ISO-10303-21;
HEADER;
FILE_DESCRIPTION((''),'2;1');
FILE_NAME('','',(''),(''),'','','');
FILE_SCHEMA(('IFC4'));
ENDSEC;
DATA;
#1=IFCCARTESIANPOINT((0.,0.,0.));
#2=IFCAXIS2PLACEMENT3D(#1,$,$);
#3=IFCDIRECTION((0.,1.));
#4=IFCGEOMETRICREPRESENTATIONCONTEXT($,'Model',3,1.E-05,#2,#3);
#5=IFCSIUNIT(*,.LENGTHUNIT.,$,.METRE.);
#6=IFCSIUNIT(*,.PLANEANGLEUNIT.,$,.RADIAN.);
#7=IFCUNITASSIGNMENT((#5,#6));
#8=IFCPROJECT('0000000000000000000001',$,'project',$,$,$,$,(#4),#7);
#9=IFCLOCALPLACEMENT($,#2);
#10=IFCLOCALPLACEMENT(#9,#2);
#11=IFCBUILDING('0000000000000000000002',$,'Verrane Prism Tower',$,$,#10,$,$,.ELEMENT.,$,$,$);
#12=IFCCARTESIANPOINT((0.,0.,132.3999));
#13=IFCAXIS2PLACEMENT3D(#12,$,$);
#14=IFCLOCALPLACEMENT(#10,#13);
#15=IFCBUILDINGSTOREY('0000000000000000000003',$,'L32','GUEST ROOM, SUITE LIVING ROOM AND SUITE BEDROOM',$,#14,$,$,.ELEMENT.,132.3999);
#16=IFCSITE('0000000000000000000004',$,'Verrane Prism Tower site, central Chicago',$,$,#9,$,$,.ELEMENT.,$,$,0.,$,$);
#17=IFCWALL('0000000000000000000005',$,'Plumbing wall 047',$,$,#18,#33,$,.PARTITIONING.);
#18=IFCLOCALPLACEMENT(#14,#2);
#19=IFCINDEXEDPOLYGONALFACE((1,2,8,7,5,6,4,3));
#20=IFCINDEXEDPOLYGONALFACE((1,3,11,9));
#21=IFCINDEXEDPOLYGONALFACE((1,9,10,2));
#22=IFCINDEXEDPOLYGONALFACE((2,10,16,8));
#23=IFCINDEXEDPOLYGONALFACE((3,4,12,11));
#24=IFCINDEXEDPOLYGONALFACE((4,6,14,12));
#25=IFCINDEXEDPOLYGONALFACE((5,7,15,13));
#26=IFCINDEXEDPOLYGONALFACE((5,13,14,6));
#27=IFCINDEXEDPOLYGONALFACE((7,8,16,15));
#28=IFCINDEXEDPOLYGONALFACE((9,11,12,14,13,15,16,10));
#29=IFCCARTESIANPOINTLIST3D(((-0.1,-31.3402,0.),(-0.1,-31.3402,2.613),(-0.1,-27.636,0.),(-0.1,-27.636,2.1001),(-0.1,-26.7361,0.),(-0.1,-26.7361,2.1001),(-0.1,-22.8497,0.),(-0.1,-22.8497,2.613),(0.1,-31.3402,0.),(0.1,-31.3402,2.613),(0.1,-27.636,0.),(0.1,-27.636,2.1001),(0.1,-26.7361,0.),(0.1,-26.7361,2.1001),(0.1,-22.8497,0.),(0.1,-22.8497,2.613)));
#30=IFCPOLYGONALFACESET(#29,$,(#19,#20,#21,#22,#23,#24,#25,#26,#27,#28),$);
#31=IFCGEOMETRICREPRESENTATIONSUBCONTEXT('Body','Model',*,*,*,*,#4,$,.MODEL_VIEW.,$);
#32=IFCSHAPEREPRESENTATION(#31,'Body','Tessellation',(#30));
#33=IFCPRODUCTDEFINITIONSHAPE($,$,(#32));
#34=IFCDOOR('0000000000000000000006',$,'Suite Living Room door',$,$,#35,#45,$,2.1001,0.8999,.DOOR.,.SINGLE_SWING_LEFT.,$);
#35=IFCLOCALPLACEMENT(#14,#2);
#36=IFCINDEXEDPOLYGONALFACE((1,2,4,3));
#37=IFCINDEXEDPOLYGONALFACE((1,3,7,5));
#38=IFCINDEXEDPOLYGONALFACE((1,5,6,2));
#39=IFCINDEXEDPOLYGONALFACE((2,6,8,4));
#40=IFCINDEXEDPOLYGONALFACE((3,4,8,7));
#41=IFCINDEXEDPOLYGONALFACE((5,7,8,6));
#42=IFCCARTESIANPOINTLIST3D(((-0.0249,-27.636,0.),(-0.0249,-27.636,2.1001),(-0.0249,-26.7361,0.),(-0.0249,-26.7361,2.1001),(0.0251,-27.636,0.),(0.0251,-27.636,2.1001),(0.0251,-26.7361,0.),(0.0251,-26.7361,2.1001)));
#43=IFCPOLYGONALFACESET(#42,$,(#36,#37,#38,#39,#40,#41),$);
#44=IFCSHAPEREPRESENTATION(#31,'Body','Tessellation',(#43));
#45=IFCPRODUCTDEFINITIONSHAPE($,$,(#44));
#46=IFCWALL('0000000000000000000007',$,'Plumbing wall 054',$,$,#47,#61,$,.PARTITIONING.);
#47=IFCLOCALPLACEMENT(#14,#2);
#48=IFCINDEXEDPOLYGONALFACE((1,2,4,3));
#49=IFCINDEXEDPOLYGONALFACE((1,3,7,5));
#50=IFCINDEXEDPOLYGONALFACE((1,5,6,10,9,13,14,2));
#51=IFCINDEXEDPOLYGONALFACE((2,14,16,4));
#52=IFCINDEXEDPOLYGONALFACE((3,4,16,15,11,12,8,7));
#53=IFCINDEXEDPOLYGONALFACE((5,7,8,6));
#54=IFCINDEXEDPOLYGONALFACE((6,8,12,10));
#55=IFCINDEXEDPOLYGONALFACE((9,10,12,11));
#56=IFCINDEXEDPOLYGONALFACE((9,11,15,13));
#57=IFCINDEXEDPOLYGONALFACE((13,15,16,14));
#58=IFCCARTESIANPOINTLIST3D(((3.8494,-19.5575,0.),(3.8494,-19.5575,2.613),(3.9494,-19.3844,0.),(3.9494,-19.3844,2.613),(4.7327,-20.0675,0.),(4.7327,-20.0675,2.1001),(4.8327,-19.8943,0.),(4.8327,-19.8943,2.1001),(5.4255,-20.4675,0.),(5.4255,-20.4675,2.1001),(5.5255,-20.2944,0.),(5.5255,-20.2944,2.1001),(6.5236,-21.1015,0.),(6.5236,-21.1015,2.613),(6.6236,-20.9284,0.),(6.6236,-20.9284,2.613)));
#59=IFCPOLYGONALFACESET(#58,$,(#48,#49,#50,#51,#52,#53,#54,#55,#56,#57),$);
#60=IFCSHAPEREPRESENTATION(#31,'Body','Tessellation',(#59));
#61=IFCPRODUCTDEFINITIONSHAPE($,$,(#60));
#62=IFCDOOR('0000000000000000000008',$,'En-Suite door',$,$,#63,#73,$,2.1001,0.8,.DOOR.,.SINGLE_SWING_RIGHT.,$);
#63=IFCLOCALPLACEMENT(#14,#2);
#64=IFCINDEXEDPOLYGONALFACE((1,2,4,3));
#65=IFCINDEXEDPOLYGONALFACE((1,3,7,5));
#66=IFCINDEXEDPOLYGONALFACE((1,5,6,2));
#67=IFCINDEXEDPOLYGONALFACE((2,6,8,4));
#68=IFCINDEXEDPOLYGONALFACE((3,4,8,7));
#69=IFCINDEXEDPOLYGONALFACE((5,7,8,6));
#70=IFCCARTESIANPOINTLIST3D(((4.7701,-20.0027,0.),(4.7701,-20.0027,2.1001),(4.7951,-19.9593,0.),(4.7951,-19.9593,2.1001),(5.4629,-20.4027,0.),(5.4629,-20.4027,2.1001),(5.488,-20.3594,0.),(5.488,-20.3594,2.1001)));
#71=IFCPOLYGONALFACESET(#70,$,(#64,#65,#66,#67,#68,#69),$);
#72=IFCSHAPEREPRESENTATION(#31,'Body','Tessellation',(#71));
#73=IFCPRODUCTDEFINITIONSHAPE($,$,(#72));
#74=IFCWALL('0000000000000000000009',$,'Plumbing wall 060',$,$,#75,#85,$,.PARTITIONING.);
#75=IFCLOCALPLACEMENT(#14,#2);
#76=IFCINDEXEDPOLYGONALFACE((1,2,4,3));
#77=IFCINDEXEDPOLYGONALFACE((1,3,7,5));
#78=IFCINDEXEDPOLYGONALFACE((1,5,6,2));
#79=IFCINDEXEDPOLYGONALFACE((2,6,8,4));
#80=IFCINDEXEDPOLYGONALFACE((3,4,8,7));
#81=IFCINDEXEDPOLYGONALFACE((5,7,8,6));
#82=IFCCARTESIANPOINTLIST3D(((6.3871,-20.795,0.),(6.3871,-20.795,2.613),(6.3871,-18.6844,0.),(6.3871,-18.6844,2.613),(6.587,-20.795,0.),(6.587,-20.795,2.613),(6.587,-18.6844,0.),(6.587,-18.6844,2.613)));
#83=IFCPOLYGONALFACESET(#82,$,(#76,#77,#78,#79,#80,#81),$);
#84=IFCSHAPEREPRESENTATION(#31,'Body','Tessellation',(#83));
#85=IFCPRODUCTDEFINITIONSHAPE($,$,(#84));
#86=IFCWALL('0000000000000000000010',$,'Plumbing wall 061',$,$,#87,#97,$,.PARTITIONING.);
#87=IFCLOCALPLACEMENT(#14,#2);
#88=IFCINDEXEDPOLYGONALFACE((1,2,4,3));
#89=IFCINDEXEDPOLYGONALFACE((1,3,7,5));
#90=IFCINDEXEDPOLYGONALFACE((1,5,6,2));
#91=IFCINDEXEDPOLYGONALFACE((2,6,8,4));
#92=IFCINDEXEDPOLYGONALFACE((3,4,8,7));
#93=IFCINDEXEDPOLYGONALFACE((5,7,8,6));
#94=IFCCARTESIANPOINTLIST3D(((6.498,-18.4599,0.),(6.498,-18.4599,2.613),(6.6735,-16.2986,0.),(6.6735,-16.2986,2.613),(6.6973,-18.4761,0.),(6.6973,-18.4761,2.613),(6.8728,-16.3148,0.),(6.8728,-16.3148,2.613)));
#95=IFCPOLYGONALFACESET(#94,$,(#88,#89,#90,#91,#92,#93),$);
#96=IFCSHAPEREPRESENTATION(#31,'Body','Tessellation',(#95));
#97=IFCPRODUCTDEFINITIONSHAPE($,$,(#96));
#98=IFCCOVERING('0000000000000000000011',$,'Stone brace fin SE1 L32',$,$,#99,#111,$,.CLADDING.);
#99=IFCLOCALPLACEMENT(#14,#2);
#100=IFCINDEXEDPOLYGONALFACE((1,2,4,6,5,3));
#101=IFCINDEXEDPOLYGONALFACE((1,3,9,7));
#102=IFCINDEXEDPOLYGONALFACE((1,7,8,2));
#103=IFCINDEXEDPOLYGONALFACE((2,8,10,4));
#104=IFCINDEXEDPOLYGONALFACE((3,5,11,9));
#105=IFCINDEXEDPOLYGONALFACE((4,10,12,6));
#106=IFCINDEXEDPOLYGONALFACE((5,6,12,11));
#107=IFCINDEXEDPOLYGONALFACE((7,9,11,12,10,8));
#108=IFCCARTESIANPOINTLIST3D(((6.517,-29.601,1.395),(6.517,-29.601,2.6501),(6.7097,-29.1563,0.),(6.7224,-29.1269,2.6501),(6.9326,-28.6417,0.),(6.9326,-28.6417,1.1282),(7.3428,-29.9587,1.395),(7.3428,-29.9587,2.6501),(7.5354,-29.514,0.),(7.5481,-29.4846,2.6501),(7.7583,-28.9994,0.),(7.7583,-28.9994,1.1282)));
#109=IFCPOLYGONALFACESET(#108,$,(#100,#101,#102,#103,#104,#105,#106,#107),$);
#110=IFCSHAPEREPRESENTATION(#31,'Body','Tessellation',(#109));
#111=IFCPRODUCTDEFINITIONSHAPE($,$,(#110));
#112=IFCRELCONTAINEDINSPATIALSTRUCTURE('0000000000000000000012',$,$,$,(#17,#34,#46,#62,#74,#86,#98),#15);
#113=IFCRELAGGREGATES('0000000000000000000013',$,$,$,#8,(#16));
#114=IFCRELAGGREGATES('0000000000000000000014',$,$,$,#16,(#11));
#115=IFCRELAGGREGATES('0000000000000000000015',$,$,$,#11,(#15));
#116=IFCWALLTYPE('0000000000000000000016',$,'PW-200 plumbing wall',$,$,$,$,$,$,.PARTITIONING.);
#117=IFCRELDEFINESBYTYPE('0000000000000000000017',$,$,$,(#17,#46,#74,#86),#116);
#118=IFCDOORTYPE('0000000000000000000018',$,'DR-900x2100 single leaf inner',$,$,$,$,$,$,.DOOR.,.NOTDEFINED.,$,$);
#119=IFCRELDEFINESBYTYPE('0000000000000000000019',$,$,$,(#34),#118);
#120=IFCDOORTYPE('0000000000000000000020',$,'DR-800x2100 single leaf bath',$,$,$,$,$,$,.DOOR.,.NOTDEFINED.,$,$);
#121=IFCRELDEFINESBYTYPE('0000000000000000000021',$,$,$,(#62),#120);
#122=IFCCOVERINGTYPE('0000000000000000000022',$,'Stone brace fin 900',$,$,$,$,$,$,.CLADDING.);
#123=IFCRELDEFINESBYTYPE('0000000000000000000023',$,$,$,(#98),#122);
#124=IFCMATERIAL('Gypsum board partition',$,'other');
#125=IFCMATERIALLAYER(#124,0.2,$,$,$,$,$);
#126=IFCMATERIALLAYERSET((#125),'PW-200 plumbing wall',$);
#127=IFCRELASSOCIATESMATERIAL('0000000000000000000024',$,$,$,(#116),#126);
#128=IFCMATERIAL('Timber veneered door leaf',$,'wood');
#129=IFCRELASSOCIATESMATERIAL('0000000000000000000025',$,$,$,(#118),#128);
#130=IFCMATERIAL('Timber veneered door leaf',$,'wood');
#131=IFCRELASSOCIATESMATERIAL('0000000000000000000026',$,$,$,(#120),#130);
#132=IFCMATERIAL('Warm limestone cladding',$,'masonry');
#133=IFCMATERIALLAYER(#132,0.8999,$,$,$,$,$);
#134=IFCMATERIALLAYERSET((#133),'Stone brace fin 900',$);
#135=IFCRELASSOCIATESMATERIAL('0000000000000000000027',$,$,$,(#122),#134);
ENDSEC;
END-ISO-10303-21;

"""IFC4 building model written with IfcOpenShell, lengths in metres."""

from ifc_helpers import new_model, si_unit, direction, frame, frame_2d, origin, place, context, subcontext, project, spatial, polyline, rectangle, outline, extrude, material, layer, layer_set, type_object, element, fill, save


model = new_model("IFC4")

# Units and contexts
model_context = context("Model", 3, precision=1e-05, world=origin(), true_north=direction((0.0, 1.0)))
body_context = subcontext(model_context, "Body", "Model", "MODEL_VIEW")
ifc_project = project(units=[si_unit("LENGTHUNIT", "METRE"), si_unit("PLANEANGLEUNIT", "RADIAN")], contexts=[model_context])

# Site, building, storey
site_placement = place(None, origin())
site = spatial("IfcSite", under=ifc_project, at=site_placement, Name="Verrane Prism Tower site, central Chicago", CompositionType="ELEMENT", RefElevation=0.0)
building_placement = place(site_placement, origin())
building = spatial("IfcBuilding", under=site, at=building_placement, Name="Verrane Prism Tower", CompositionType="ELEMENT")
storey_placement = place(building_placement, frame((0.0, 0.0, 132.3999)))
storey = spatial("IfcBuildingStorey", under=building, at=storey_placement, Name="L32", Description="GUEST ROOM, SUITE LIVING ROOM AND SUITE BEDROOM", CompositionType="ELEMENT", Elevation=132.3999)

# Walls, openings, doors
ifc_material_1 = material(Name="Gypsum board partition", Category="other")
ifc_layer_1 = layer(ifc_material_1, 0.2)
ifc_layer_set_1 = layer_set([ifc_layer_1], Name="PW-200 plumbing wall")
wall_type_1 = type_object("IfcWallType", Name="PW-200 plumbing wall", PredefinedType="PARTITIONING", material=ifc_layer_set_1)
wall_1_placement = place(storey_placement, frame((0.0, -31.3401, 0.0), z_axis=(0.0, 0.0, 1.0), x_axis=(0.0, 1.0, 0.0)))
wall_1 = element("IfcWall", 1, at=wall_1_placement, inside=storey, type_object=wall_type_1, Name="Plumbing wall 047", PredefinedType="PARTITIONING", context=body_context, shape_type="SweptSolid", body=[
    extrude(rectangle(XDim=8.4905, YDim=0.2, at=frame_2d((4.2451, 0.0))), origin(), (0.0, 0.0, 1.0), 2.613),
])
opening_1_placement = place(wall_1_placement, frame((3.7041, 0.0, 0.0)))
opening_1 = element("IfcOpeningElement", 2, at=opening_1_placement, cuts=wall_1, PredefinedType="OPENING", context=body_context, shape_type="SweptSolid", body=[
    extrude(rectangle(XDim=0.8999, YDim=2.1001, at=frame_2d((0.45, 1.05))), frame((0.0, 0.1099, 0.0), z_axis=(0.0, -1.0, 0.0), x_axis=(1.0, 0.0, 0.0)), (0.0, 0.0, 1.0), 0.22),
])
ifc_material_2 = material(Name="Timber veneered door leaf", Category="wood")
door_type_1 = type_object("IfcDoorType", Name="DR-900x2100 single leaf inner", OperationType="NOTDEFINED", PredefinedType="DOOR", material=ifc_material_2)
door_1_placement = place(opening_1_placement, origin())
door_1 = element("IfcDoor", 3, at=door_1_placement, inside=storey, type_object=door_type_1, Name="Suite Living Room door", OperationType="SINGLE_SWING_LEFT", OverallHeight=2.1001, OverallWidth=0.8999, PredefinedType="DOOR", context=body_context, shape_type="SweptSolid", body=[
    extrude(rectangle(XDim=0.8999, YDim=2.1001, at=frame_2d((0.45, 1.05))), frame((0.0, 0.0249, 0.0), z_axis=(0.0, -1.0, 0.0), x_axis=(1.0, 0.0, 0.0)), (0.0, 0.0, 1.0), 0.05),
])
fill(opening_1, door_1)
wall_2_placement = place(storey_placement, frame((3.8994, -19.4709, 0.0), z_axis=(0.0, 0.0, 1.0), x_axis=(0.866016, -0.500017, 0.0)))
wall_2 = element("IfcWall", 4, at=wall_2_placement, inside=storey, type_object=wall_type_1, Name="Plumbing wall 054", PredefinedType="PARTITIONING", context=body_context, shape_type="SweptSolid", body=[
    extrude(rectangle(XDim=3.0879, YDim=0.2, at=frame_2d((1.5439, 0.0))), origin(), (0.0, 0.0, 1.0), 2.613),
])
opening_2_placement = place(wall_2_placement, frame((1.02, 0.0, 0.0)))
opening_2 = element("IfcOpeningElement", 5, at=opening_2_placement, cuts=wall_2, PredefinedType="OPENING", context=body_context, shape_type="SweptSolid", body=[
    extrude(rectangle(XDim=0.8, YDim=2.1001, at=frame_2d((0.3999, 1.05))), frame((0.0, 0.1099, 0.0), z_axis=(0.0, -1.0, 0.0), x_axis=(1.0, 0.0, 0.0)), (0.0, 0.0, 1.0), 0.22),
])
ifc_material_3 = material(Name="Timber veneered door leaf", Category="wood")
door_type_2 = type_object("IfcDoorType", Name="DR-800x2100 single leaf bath", OperationType="NOTDEFINED", PredefinedType="DOOR", material=ifc_material_3)
door_2_placement = place(opening_2_placement, origin())
door_2 = element("IfcDoor", 6, at=door_2_placement, inside=storey, type_object=door_type_2, Name="En-Suite door", OperationType="SINGLE_SWING_RIGHT", OverallHeight=2.1001, OverallWidth=0.8, PredefinedType="DOOR", context=body_context, shape_type="SweptSolid", body=[
    extrude(rectangle(XDim=0.8, YDim=2.1001, at=frame_2d((0.3999, 1.05))), frame((0.0, 0.0249, 0.0), z_axis=(0.0, -1.0, 0.0), x_axis=(1.0, 0.0, 0.0)), (0.0, 0.0, 1.0), 0.05),
])
fill(opening_2, door_2)

# Walls
wall_3_placement = place(storey_placement, frame((6.4871, -20.7949, 0.0), z_axis=(0.0, 0.0, 1.0), x_axis=(0.0, 1.0, 0.0)))
element("IfcWall", 7, at=wall_3_placement, inside=storey, type_object=wall_type_1, Name="Plumbing wall 060", PredefinedType="PARTITIONING", context=body_context, shape_type="SweptSolid", body=[
    extrude(rectangle(XDim=2.1106, YDim=0.2, at=frame_2d((1.0552, 0.0))), origin(), (0.0, 0.0, 1.0), 2.613),
])
wall_4_placement = place(storey_placement, frame((6.5977, -18.468, 0.0), z_axis=(0.0, 0.0, 1.0), x_axis=(0.080949, 0.996718, 0.0)))
element("IfcWall", 8, at=wall_4_placement, inside=storey, type_object=wall_type_1, Name="Plumbing wall 061", PredefinedType="PARTITIONING", context=body_context, shape_type="SweptSolid", body=[
    extrude(rectangle(XDim=2.1685, YDim=0.2, at=frame_2d((1.0842, 0.0))), origin(), (0.0, 0.0, 1.0), 2.613),
])

# Covering
ifc_material_4 = material(Name="Warm limestone cladding", Category="masonry")
ifc_layer_2 = layer(ifc_material_4, 0.8999)
ifc_layer_set_2 = layer_set([ifc_layer_2], Name="Stone brace fin 900")
covering_type = type_object("IfcCoveringType", Name="Stone brace fin 900", PredefinedType="CLADDING", material=ifc_layer_set_2)
covering_placement = place(storey_placement, frame((7.3455, -28.8206, 0.0), z_axis=(0.0, 0.0, 1.0), x_axis=(-0.397496, -0.917604, 0.0)))
element("IfcCovering", 9, at=covering_placement, inside=storey, type_object=covering_type, Name="Stone brace fin SE1 L32", PredefinedType="CLADDING", context=body_context, shape_type="SweptSolid", body=[
    extrude(outline(polyline([(1.0454, 2.6501), (0.5288, 2.6501), (0.0, 1.1282), (0.0, 0.0), (0.5608, 0.0), (1.0454, 1.395), (1.0454, 2.6501)])), frame((0.0, 0.45, 0.0), z_axis=(0.0, -1.0, 0.0), x_axis=(1.0, 0.0, 0.0)), (0.0, 0.0, 1.0), 0.8999),
])

save(model, "model.ifc")
